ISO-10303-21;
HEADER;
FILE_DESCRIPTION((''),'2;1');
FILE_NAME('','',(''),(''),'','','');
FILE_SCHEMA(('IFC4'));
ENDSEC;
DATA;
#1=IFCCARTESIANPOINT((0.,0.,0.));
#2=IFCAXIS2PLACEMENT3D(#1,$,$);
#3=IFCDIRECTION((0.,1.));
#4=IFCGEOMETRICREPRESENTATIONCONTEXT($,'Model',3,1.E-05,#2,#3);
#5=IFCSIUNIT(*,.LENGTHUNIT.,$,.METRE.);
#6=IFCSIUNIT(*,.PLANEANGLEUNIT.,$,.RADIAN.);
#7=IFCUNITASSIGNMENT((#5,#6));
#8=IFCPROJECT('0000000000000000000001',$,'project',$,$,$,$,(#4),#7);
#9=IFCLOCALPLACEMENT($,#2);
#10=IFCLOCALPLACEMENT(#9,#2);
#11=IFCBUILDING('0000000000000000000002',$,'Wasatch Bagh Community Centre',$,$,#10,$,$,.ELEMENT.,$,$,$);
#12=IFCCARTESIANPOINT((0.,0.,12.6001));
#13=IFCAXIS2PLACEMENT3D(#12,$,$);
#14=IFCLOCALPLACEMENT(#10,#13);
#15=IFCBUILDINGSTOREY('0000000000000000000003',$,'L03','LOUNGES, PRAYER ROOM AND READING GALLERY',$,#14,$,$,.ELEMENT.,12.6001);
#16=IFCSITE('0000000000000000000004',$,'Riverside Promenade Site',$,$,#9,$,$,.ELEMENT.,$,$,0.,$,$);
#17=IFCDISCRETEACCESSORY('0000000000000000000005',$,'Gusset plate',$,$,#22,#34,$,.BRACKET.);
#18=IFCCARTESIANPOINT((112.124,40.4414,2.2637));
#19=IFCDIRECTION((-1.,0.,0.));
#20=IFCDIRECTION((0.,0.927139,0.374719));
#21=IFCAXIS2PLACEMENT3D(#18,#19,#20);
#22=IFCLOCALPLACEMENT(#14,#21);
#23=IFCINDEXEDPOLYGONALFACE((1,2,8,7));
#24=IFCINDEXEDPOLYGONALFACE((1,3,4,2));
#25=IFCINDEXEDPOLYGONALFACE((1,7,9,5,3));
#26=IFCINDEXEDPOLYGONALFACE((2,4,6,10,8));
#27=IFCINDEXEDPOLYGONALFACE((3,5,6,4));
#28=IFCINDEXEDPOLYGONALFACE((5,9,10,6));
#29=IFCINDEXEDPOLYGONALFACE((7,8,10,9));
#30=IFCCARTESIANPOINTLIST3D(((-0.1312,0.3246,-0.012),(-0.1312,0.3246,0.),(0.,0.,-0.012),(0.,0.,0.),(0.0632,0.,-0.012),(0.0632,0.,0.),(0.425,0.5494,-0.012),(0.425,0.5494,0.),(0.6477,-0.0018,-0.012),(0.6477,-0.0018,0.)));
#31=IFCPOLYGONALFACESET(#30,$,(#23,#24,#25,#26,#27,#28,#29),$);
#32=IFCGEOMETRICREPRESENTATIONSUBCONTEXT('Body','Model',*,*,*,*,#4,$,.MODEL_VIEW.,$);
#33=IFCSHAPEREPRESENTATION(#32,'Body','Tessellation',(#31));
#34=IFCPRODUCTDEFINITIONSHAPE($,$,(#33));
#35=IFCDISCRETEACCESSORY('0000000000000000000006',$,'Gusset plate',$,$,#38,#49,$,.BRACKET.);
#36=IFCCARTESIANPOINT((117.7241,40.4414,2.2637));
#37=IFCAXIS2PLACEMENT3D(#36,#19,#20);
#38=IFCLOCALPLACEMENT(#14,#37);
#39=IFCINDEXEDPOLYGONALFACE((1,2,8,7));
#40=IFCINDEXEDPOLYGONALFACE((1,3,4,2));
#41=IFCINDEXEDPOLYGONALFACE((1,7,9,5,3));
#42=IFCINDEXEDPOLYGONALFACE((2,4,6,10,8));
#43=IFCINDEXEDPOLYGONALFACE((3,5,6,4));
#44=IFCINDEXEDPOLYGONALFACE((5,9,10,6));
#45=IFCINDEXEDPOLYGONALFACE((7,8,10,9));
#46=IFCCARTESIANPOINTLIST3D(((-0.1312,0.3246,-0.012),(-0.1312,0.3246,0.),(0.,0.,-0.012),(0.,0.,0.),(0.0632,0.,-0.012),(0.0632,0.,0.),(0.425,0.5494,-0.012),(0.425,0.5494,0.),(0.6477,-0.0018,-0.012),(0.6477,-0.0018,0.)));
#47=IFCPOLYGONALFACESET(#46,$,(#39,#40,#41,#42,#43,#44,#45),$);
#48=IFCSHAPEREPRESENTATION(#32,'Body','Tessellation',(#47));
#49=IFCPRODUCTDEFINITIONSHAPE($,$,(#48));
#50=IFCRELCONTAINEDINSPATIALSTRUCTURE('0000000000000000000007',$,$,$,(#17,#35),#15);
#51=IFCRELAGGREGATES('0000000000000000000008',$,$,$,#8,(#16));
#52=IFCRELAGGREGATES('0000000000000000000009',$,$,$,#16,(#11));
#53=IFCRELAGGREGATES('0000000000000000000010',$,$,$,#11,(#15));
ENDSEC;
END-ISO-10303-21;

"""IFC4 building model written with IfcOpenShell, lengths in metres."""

from ifc_helpers import new_model, si_unit, direction, frame, origin, place, context, subcontext, project, spatial, polyline, outline, extrude, element, save


model = new_model("IFC4")

# Units and contexts
model_context = context("Model", 3, precision=1e-05, world=origin(), true_north=direction((0.0, 1.0)))
body_context = subcontext(model_context, "Body", "Model", "MODEL_VIEW")
ifc_project = project(units=[si_unit("LENGTHUNIT", "METRE"), si_unit("PLANEANGLEUNIT", "RADIAN")], contexts=[model_context])

# Site, building, storey
site_placement = place(None, origin())
site = spatial("IfcSite", under=ifc_project, at=site_placement, Name="Riverside Promenade Site", CompositionType="ELEMENT", RefElevation=0.0)
building_placement = place(site_placement, origin())
building = spatial("IfcBuilding", under=site, at=building_placement, Name="Wasatch Bagh Community Centre", CompositionType="ELEMENT")
storey_placement = place(building_placement, frame((0.0, 0.0, 12.6001)))
storey = spatial("IfcBuildingStorey", under=building, at=storey_placement, Name="L03", Description="LOUNGES, PRAYER ROOM AND READING GALLERY", CompositionType="ELEMENT", Elevation=12.6001)

# Discrete accessories
discrete_accessory_1_placement = place(storey_placement, frame((112.124, 40.4414, 2.2637), z_axis=(-1.0, 0.0, 0.0), x_axis=(0.0, 0.927139, 0.374719)))
element("IfcDiscreteAccessory", 1, at=discrete_accessory_1_placement, inside=storey, Name="Gusset plate", PredefinedType="BRACKET", context=body_context, shape_type="SweptSolid", body=[
    extrude(outline(polyline([(0.0, 0.0), (0.0632, 0.0), (0.6477, -0.0018), (0.425, 0.5494), (-0.1312, 0.3246), (0.0, 0.0)])), origin(), (0.0, 0.0, -1.0), 0.012),
])
discrete_accessory_2_placement = place(storey_placement, frame((117.7241, 40.4414, 2.2637), z_axis=(-1.0, 0.0, 0.0), x_axis=(0.0, 0.927139, 0.374719)))
element("IfcDiscreteAccessory", 2, at=discrete_accessory_2_placement, inside=storey, Name="Gusset plate", PredefinedType="BRACKET", context=body_context, shape_type="SweptSolid", body=[
    extrude(outline(polyline([(0.0, 0.0), (0.0632, 0.0), (0.6477, -0.0018), (0.425, 0.5494), (-0.1312, 0.3246), (0.0, 0.0)])), origin(), (0.0, 0.0, -1.0), 0.012),
])

save(model, "model.ifc")
